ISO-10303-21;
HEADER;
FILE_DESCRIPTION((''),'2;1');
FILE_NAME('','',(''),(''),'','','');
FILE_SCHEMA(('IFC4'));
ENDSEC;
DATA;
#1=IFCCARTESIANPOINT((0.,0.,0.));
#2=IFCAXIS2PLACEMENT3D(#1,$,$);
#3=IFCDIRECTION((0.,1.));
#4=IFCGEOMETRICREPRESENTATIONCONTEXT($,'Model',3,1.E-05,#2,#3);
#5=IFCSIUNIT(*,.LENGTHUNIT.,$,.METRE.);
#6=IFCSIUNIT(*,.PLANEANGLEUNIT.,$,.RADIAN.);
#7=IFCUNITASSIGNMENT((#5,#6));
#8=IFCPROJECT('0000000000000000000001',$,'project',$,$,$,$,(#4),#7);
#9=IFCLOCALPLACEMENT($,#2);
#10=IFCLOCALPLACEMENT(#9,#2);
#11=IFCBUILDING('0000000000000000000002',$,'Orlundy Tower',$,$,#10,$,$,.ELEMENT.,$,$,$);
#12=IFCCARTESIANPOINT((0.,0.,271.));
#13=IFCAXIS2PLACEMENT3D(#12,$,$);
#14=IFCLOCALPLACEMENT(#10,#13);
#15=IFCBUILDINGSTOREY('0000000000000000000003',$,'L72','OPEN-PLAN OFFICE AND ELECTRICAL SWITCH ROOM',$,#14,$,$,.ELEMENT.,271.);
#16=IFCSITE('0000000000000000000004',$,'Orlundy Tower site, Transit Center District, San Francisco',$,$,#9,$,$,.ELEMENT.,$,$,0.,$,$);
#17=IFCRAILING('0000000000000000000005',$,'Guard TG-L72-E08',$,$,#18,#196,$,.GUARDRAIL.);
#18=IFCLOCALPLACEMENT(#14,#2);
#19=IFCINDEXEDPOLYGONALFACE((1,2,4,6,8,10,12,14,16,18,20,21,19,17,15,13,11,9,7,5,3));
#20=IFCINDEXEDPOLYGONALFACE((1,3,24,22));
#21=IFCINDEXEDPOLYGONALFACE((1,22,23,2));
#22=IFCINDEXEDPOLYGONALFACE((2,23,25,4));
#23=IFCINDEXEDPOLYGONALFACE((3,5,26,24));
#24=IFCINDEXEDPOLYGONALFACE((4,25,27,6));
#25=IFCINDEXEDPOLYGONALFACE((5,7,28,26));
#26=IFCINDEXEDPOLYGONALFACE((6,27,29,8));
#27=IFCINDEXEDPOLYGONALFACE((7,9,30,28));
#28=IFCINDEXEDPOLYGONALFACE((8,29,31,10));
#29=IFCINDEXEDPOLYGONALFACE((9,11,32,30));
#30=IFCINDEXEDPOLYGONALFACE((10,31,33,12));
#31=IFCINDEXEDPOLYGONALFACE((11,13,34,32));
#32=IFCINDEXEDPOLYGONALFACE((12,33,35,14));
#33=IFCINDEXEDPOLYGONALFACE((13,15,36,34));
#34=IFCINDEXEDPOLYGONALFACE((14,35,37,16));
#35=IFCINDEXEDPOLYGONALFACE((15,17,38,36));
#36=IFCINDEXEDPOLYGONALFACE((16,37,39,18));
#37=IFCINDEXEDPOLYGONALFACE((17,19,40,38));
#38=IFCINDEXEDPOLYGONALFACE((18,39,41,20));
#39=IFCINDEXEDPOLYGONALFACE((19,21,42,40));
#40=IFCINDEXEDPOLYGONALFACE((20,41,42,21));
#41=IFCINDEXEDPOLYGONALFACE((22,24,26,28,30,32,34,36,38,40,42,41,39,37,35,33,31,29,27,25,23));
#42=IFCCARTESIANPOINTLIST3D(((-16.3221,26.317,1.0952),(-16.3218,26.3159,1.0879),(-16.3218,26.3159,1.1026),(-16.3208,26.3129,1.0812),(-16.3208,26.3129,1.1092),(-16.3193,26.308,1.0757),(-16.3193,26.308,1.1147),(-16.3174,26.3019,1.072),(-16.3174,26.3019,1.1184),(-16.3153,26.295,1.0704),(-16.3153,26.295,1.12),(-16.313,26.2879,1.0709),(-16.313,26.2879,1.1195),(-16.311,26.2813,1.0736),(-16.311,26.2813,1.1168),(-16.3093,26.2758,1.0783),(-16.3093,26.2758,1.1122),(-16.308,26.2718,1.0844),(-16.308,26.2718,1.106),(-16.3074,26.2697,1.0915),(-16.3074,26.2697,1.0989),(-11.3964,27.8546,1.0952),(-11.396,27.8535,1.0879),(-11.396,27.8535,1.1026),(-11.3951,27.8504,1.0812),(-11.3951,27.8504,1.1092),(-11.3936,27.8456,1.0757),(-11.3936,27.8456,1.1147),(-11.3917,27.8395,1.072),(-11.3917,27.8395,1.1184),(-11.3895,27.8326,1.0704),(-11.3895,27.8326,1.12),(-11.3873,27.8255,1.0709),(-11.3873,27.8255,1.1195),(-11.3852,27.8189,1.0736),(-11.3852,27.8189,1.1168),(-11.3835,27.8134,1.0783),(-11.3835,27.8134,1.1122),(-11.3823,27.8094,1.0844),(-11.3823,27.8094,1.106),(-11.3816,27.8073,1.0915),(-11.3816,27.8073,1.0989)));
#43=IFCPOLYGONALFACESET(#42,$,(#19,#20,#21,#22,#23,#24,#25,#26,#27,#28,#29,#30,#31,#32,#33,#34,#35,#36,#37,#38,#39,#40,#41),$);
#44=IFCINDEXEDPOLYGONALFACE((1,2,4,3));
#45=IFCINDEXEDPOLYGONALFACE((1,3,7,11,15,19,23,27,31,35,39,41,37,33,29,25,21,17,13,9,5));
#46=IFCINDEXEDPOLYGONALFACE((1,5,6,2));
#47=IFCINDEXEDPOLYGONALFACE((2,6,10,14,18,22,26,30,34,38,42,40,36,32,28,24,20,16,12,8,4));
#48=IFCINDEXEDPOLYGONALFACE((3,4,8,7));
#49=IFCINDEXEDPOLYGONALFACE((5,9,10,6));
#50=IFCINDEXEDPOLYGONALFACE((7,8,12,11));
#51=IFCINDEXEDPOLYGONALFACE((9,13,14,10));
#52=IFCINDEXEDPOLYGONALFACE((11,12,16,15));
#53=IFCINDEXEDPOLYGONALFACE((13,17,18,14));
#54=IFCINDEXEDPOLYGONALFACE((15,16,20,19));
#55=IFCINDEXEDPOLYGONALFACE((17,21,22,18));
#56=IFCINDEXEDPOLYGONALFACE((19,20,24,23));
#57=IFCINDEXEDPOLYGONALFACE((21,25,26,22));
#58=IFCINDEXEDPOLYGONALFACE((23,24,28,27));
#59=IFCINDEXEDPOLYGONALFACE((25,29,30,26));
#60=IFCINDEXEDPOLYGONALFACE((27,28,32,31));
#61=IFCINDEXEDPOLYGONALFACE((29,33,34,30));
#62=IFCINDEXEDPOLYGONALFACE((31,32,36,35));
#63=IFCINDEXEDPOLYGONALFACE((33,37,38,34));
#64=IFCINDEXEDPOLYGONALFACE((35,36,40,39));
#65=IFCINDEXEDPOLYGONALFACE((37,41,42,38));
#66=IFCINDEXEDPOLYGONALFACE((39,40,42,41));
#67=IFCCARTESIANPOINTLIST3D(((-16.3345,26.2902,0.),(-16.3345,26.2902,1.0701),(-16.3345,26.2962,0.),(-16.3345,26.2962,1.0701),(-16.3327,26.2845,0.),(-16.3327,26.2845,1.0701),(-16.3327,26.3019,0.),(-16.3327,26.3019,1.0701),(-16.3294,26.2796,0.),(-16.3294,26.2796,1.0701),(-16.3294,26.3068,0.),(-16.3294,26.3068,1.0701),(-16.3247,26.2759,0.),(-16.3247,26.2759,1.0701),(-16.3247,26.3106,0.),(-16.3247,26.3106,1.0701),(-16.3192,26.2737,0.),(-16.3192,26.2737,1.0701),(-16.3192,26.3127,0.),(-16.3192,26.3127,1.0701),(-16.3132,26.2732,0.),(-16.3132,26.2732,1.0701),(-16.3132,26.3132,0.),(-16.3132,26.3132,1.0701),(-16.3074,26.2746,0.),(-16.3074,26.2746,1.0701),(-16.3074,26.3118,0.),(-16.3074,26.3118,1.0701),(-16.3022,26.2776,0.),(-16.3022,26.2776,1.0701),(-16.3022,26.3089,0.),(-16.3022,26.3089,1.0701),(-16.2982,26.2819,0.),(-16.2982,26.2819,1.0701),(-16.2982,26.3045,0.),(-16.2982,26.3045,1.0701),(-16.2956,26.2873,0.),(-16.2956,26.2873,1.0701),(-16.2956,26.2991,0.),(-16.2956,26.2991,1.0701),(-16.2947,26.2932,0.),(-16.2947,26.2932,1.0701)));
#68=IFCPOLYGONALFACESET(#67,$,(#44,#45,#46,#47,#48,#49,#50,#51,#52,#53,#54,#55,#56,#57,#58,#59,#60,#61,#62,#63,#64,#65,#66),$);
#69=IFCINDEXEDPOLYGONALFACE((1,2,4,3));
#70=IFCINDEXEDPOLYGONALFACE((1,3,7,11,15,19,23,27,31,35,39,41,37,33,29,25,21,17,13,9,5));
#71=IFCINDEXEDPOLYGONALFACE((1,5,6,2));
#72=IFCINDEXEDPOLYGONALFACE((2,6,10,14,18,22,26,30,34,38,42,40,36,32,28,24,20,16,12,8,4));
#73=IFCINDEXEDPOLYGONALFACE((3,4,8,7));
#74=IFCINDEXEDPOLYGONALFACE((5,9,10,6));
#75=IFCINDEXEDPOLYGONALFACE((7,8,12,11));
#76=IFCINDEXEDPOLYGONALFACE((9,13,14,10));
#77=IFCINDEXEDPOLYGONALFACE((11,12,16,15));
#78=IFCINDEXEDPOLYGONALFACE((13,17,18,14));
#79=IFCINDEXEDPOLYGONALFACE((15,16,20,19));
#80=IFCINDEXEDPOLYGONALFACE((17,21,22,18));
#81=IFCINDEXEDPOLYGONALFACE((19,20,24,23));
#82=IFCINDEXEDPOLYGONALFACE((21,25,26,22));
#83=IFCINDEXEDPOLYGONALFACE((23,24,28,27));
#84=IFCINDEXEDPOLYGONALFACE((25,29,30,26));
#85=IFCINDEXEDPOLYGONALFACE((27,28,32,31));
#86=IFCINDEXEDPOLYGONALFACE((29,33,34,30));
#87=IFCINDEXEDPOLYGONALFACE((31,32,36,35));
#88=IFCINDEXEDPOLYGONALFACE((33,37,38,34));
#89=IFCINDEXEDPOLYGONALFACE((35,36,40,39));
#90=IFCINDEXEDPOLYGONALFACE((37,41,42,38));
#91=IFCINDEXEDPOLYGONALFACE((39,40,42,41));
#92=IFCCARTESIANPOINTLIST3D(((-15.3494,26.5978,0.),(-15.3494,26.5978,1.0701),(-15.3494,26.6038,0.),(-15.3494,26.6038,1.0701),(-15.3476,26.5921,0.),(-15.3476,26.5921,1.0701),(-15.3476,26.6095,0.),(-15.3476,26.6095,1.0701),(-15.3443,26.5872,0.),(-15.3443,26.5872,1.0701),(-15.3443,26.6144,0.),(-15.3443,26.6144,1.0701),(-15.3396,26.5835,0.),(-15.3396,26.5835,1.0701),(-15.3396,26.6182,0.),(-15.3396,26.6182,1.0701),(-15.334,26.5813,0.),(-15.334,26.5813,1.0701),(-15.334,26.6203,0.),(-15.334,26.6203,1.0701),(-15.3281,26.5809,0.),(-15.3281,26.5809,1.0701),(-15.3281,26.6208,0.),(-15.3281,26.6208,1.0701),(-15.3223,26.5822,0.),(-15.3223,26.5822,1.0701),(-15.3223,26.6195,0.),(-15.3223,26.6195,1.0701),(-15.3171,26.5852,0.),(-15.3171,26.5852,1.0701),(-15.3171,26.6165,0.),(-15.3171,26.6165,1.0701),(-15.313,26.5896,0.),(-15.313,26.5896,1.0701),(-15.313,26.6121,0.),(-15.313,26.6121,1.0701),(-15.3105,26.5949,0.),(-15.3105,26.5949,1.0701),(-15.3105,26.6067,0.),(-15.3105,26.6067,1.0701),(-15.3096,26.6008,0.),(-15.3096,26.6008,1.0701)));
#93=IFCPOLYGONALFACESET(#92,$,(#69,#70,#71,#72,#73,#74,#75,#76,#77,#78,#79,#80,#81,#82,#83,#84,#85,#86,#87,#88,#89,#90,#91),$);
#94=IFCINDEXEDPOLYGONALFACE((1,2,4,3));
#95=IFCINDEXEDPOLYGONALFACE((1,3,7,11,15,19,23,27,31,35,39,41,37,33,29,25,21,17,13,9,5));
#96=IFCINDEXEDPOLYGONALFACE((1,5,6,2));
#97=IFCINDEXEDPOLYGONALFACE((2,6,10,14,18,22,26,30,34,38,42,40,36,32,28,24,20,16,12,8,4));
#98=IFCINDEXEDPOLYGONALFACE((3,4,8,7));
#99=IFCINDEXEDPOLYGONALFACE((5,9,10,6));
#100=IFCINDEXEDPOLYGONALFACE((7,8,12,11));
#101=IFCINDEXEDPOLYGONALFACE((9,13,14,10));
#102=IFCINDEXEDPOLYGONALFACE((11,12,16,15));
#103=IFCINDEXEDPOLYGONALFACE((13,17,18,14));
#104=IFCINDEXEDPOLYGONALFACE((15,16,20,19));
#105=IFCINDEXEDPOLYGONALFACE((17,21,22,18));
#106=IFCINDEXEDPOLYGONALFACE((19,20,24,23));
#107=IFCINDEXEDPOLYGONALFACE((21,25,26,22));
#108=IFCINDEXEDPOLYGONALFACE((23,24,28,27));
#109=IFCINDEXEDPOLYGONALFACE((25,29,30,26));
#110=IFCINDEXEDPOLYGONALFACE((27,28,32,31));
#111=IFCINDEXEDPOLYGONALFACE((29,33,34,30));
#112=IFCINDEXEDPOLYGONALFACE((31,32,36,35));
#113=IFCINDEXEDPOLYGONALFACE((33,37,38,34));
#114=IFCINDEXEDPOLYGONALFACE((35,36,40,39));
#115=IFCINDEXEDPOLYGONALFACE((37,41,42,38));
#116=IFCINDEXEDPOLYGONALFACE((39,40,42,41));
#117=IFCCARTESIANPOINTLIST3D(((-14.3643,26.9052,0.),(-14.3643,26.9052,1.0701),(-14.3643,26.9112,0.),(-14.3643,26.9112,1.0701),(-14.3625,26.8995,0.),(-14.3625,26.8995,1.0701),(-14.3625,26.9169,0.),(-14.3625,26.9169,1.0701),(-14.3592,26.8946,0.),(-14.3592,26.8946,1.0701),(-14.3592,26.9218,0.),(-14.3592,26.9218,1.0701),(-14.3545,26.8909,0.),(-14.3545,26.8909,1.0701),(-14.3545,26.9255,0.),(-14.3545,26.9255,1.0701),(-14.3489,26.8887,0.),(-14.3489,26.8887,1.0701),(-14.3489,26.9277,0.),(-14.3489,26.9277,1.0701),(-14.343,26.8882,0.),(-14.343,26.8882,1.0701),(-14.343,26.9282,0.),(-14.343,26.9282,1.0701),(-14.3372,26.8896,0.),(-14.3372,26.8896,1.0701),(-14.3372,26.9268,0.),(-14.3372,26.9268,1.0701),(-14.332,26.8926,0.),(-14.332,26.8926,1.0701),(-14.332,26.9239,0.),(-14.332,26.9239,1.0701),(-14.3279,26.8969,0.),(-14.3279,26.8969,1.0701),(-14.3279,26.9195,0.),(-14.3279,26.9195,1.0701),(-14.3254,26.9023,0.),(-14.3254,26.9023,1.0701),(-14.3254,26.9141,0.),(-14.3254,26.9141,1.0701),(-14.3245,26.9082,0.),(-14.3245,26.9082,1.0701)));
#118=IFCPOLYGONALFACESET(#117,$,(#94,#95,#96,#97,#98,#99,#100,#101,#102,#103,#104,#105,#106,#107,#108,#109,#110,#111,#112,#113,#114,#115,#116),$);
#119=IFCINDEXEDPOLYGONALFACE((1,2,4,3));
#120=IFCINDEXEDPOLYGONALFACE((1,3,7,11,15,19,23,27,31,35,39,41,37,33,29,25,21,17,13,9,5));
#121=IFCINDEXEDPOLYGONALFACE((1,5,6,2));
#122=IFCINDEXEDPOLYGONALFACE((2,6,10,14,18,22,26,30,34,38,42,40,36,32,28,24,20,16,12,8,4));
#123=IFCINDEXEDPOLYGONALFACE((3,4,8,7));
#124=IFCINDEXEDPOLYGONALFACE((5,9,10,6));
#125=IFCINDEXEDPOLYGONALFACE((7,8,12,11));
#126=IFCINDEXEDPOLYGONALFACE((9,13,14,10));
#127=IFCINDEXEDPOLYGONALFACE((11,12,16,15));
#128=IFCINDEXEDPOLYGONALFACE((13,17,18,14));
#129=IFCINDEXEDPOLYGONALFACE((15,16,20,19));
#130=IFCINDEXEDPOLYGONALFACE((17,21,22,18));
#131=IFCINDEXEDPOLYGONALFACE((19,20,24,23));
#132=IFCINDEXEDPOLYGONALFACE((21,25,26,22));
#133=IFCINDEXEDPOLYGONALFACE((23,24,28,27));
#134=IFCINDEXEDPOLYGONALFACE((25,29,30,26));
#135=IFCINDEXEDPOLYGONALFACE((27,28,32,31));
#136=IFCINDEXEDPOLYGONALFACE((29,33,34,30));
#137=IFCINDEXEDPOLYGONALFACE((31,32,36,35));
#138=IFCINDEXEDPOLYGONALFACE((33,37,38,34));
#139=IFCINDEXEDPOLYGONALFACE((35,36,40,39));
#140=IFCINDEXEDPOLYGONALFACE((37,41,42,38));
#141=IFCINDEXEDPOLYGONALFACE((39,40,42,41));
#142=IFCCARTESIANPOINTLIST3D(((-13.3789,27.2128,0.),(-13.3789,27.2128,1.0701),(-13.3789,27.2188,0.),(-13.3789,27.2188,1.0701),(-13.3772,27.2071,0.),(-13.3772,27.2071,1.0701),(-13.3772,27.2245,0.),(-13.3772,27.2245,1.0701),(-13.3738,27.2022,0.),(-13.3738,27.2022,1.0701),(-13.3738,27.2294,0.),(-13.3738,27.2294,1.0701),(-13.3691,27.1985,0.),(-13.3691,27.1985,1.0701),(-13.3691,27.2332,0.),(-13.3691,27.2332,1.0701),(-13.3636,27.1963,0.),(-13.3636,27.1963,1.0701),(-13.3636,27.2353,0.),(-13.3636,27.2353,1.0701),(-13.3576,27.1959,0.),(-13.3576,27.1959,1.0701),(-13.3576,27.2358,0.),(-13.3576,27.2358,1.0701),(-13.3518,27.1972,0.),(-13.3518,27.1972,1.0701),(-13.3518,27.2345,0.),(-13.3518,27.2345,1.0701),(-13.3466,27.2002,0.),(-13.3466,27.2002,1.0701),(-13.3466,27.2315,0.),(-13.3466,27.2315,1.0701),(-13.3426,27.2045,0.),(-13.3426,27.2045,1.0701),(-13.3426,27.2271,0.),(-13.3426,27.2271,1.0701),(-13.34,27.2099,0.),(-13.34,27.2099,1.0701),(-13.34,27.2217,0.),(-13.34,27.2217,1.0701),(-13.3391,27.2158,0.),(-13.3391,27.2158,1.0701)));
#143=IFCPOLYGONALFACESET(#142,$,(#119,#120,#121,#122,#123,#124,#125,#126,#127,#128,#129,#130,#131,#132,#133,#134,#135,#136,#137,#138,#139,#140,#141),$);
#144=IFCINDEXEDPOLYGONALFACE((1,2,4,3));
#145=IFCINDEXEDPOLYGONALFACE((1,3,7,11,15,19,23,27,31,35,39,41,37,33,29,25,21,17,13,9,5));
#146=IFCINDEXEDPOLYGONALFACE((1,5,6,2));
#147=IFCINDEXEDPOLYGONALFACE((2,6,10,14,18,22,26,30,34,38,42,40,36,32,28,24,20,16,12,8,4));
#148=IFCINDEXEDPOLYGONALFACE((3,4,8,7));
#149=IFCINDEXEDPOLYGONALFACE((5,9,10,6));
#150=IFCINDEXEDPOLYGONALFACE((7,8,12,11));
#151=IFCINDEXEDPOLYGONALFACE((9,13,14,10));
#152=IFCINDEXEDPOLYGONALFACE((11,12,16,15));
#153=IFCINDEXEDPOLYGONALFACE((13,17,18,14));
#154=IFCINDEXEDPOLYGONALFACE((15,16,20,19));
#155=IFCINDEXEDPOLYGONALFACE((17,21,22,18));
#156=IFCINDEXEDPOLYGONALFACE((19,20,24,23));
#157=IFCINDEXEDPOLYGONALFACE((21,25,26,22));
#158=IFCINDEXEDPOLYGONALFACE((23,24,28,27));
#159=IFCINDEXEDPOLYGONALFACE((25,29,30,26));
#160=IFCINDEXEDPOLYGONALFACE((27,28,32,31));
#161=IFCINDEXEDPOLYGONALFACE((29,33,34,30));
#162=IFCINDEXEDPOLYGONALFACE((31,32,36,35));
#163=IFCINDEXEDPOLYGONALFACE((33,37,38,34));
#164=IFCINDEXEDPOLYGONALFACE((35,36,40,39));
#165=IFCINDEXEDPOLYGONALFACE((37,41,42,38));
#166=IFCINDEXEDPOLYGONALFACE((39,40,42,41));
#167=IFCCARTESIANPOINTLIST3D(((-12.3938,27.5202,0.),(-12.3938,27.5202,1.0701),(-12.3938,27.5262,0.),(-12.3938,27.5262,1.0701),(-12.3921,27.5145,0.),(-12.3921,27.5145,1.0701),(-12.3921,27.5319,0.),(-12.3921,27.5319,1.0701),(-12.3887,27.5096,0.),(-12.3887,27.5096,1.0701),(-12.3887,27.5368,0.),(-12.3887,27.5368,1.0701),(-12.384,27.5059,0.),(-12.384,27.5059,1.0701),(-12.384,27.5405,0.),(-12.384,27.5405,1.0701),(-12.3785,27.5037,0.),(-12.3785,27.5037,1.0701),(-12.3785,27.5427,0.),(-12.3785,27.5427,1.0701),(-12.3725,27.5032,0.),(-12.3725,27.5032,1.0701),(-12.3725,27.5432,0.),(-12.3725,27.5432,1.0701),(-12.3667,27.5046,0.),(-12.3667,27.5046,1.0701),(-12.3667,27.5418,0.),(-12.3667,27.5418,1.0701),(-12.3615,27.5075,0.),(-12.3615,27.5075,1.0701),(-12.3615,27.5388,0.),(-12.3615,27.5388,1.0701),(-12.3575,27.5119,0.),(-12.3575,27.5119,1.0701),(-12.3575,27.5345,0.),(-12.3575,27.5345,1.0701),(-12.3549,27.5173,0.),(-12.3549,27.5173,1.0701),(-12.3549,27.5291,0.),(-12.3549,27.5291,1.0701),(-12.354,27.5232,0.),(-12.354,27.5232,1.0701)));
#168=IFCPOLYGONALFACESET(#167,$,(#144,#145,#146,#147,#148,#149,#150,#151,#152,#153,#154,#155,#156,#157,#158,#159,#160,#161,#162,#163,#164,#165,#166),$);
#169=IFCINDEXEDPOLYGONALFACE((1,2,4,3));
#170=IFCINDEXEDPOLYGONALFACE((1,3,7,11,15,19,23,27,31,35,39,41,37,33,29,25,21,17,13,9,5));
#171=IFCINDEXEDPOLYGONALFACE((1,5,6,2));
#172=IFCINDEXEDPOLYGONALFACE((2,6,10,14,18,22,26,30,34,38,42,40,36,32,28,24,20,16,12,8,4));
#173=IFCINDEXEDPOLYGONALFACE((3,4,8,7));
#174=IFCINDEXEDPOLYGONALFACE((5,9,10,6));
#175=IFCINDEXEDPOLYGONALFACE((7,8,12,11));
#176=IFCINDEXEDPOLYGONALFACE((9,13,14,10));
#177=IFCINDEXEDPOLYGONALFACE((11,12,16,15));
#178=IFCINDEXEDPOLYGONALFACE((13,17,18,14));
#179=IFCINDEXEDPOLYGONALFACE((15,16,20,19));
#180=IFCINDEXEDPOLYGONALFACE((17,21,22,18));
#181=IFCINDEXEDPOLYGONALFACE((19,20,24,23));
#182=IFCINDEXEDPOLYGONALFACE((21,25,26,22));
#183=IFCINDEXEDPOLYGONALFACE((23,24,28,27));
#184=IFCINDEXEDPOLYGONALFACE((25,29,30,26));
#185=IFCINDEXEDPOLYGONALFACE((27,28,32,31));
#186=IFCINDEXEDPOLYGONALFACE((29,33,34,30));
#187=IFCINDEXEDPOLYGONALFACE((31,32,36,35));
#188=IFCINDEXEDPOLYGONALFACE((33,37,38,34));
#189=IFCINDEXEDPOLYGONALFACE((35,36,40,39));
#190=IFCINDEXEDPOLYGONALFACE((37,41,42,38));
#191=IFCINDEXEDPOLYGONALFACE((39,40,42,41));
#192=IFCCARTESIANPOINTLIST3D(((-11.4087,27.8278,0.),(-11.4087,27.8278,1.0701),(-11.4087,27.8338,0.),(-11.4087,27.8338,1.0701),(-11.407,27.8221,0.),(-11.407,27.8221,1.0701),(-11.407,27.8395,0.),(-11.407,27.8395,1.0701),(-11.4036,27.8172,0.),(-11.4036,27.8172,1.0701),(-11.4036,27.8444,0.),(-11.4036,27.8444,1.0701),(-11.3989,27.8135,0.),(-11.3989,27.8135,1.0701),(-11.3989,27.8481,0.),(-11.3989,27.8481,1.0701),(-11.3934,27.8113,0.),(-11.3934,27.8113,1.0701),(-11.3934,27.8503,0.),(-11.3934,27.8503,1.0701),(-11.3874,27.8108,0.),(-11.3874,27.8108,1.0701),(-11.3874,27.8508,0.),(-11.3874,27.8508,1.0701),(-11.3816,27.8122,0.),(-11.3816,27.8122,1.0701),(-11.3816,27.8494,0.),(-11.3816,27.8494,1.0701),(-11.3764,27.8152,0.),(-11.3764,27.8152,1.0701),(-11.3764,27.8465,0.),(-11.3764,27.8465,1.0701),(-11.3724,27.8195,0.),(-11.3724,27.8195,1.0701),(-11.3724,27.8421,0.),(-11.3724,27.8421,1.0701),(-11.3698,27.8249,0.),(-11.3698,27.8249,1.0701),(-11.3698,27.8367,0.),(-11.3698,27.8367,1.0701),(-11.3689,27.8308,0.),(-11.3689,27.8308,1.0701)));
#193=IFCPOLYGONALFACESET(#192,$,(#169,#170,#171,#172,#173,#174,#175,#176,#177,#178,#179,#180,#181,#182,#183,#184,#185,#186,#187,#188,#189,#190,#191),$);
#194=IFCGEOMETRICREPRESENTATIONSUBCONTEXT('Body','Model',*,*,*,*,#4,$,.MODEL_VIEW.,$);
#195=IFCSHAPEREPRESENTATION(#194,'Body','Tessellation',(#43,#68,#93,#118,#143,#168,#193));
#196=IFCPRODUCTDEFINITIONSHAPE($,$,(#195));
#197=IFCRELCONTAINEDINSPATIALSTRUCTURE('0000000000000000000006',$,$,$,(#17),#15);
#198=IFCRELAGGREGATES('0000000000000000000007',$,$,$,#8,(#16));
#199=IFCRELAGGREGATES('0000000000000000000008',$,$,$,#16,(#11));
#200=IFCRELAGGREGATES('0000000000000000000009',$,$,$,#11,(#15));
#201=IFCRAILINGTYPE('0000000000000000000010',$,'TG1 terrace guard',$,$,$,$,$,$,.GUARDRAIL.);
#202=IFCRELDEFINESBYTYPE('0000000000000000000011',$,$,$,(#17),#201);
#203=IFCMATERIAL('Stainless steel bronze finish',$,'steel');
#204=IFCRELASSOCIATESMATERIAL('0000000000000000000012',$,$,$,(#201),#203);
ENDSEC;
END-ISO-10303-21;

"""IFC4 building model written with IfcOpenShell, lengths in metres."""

from ifc_helpers import new_model, si_unit, direction, frame, origin, origin_2d, place, context, subcontext, project, spatial, circle, extrude, material, type_object, element, save


model = new_model("IFC4")

# Units and contexts
model_context = context("Model", 3, precision=1e-05, world=origin(), true_north=direction((0.0, 1.0)))
body_context = subcontext(model_context, "Body", "Model", "MODEL_VIEW")
ifc_project = project(units=[si_unit("LENGTHUNIT", "METRE"), si_unit("PLANEANGLEUNIT", "RADIAN")], contexts=[model_context])

# Site, building, storey
site_placement = place(None, origin())
site = spatial("IfcSite", under=ifc_project, at=site_placement, Name="Orlundy Tower site, Transit Center District, San Francisco", CompositionType="ELEMENT", RefElevation=0.0)
building_placement = place(site_placement, origin())
building = spatial("IfcBuilding", under=site, at=building_placement, Name="Orlundy Tower", CompositionType="ELEMENT")
storey_placement = place(building_placement, frame((0.0, 0.0, 271.0)))
storey = spatial("IfcBuildingStorey", under=building, at=storey_placement, Name="L72", Description="OPEN-PLAN OFFICE AND ELECTRICAL SWITCH ROOM", CompositionType="ELEMENT", Elevation=271.0)

# Railing
ifc_material_1 = material(Name="Stainless steel bronze finish", Category="steel")
railing_type_1 = type_object("IfcRailingType", Name="TG1 terrace guard", PredefinedType="GUARDRAIL", material=ifc_material_1)
railing_1_placement = place(storey_placement, frame((-16.3147, 26.2932, 0.0)))
element("IfcRailing", 1, at=railing_1_placement, inside=storey, type_object=railing_type_1, Name="Guard TG-L72-E08", PredefinedType="GUARDRAIL", context=body_context, shape_type="SweptSolid", body=[
    extrude(circle(Radius=0.0249, at=origin_2d()), frame((0.0, 0.0, 1.0952), z_axis=(0.954574, 0.297973, 0.0), x_axis=(-0.297973, 0.954574, 0.0)), (0.0, 0.0, 1.0), 5.1602),
    extrude(circle(Radius=0.02, at=origin_2d()), origin(), (0.0, 0.0, 1.0), 1.0701),
    extrude(circle(Radius=0.02, at=origin_2d()), frame((0.9851, 0.3076, 0.0)), (0.0, 0.0, 1.0), 1.0701),
    extrude(circle(Radius=0.02, at=origin_2d()), frame((1.9702, 0.615, 0.0)), (0.0, 0.0, 1.0), 1.0701),
    extrude(circle(Radius=0.02, at=origin_2d()), frame((2.9556, 0.9226, 0.0)), (0.0, 0.0, 1.0), 1.0701),
    extrude(circle(Radius=0.02, at=origin_2d()), frame((3.9407, 1.23, 0.0)), (0.0, 0.0, 1.0), 1.0701),
    extrude(circle(Radius=0.02, at=origin_2d()), frame((4.9258, 1.5376, 0.0)), (0.0, 0.0, 1.0), 1.0701),
])

save(model, "model.ifc")
